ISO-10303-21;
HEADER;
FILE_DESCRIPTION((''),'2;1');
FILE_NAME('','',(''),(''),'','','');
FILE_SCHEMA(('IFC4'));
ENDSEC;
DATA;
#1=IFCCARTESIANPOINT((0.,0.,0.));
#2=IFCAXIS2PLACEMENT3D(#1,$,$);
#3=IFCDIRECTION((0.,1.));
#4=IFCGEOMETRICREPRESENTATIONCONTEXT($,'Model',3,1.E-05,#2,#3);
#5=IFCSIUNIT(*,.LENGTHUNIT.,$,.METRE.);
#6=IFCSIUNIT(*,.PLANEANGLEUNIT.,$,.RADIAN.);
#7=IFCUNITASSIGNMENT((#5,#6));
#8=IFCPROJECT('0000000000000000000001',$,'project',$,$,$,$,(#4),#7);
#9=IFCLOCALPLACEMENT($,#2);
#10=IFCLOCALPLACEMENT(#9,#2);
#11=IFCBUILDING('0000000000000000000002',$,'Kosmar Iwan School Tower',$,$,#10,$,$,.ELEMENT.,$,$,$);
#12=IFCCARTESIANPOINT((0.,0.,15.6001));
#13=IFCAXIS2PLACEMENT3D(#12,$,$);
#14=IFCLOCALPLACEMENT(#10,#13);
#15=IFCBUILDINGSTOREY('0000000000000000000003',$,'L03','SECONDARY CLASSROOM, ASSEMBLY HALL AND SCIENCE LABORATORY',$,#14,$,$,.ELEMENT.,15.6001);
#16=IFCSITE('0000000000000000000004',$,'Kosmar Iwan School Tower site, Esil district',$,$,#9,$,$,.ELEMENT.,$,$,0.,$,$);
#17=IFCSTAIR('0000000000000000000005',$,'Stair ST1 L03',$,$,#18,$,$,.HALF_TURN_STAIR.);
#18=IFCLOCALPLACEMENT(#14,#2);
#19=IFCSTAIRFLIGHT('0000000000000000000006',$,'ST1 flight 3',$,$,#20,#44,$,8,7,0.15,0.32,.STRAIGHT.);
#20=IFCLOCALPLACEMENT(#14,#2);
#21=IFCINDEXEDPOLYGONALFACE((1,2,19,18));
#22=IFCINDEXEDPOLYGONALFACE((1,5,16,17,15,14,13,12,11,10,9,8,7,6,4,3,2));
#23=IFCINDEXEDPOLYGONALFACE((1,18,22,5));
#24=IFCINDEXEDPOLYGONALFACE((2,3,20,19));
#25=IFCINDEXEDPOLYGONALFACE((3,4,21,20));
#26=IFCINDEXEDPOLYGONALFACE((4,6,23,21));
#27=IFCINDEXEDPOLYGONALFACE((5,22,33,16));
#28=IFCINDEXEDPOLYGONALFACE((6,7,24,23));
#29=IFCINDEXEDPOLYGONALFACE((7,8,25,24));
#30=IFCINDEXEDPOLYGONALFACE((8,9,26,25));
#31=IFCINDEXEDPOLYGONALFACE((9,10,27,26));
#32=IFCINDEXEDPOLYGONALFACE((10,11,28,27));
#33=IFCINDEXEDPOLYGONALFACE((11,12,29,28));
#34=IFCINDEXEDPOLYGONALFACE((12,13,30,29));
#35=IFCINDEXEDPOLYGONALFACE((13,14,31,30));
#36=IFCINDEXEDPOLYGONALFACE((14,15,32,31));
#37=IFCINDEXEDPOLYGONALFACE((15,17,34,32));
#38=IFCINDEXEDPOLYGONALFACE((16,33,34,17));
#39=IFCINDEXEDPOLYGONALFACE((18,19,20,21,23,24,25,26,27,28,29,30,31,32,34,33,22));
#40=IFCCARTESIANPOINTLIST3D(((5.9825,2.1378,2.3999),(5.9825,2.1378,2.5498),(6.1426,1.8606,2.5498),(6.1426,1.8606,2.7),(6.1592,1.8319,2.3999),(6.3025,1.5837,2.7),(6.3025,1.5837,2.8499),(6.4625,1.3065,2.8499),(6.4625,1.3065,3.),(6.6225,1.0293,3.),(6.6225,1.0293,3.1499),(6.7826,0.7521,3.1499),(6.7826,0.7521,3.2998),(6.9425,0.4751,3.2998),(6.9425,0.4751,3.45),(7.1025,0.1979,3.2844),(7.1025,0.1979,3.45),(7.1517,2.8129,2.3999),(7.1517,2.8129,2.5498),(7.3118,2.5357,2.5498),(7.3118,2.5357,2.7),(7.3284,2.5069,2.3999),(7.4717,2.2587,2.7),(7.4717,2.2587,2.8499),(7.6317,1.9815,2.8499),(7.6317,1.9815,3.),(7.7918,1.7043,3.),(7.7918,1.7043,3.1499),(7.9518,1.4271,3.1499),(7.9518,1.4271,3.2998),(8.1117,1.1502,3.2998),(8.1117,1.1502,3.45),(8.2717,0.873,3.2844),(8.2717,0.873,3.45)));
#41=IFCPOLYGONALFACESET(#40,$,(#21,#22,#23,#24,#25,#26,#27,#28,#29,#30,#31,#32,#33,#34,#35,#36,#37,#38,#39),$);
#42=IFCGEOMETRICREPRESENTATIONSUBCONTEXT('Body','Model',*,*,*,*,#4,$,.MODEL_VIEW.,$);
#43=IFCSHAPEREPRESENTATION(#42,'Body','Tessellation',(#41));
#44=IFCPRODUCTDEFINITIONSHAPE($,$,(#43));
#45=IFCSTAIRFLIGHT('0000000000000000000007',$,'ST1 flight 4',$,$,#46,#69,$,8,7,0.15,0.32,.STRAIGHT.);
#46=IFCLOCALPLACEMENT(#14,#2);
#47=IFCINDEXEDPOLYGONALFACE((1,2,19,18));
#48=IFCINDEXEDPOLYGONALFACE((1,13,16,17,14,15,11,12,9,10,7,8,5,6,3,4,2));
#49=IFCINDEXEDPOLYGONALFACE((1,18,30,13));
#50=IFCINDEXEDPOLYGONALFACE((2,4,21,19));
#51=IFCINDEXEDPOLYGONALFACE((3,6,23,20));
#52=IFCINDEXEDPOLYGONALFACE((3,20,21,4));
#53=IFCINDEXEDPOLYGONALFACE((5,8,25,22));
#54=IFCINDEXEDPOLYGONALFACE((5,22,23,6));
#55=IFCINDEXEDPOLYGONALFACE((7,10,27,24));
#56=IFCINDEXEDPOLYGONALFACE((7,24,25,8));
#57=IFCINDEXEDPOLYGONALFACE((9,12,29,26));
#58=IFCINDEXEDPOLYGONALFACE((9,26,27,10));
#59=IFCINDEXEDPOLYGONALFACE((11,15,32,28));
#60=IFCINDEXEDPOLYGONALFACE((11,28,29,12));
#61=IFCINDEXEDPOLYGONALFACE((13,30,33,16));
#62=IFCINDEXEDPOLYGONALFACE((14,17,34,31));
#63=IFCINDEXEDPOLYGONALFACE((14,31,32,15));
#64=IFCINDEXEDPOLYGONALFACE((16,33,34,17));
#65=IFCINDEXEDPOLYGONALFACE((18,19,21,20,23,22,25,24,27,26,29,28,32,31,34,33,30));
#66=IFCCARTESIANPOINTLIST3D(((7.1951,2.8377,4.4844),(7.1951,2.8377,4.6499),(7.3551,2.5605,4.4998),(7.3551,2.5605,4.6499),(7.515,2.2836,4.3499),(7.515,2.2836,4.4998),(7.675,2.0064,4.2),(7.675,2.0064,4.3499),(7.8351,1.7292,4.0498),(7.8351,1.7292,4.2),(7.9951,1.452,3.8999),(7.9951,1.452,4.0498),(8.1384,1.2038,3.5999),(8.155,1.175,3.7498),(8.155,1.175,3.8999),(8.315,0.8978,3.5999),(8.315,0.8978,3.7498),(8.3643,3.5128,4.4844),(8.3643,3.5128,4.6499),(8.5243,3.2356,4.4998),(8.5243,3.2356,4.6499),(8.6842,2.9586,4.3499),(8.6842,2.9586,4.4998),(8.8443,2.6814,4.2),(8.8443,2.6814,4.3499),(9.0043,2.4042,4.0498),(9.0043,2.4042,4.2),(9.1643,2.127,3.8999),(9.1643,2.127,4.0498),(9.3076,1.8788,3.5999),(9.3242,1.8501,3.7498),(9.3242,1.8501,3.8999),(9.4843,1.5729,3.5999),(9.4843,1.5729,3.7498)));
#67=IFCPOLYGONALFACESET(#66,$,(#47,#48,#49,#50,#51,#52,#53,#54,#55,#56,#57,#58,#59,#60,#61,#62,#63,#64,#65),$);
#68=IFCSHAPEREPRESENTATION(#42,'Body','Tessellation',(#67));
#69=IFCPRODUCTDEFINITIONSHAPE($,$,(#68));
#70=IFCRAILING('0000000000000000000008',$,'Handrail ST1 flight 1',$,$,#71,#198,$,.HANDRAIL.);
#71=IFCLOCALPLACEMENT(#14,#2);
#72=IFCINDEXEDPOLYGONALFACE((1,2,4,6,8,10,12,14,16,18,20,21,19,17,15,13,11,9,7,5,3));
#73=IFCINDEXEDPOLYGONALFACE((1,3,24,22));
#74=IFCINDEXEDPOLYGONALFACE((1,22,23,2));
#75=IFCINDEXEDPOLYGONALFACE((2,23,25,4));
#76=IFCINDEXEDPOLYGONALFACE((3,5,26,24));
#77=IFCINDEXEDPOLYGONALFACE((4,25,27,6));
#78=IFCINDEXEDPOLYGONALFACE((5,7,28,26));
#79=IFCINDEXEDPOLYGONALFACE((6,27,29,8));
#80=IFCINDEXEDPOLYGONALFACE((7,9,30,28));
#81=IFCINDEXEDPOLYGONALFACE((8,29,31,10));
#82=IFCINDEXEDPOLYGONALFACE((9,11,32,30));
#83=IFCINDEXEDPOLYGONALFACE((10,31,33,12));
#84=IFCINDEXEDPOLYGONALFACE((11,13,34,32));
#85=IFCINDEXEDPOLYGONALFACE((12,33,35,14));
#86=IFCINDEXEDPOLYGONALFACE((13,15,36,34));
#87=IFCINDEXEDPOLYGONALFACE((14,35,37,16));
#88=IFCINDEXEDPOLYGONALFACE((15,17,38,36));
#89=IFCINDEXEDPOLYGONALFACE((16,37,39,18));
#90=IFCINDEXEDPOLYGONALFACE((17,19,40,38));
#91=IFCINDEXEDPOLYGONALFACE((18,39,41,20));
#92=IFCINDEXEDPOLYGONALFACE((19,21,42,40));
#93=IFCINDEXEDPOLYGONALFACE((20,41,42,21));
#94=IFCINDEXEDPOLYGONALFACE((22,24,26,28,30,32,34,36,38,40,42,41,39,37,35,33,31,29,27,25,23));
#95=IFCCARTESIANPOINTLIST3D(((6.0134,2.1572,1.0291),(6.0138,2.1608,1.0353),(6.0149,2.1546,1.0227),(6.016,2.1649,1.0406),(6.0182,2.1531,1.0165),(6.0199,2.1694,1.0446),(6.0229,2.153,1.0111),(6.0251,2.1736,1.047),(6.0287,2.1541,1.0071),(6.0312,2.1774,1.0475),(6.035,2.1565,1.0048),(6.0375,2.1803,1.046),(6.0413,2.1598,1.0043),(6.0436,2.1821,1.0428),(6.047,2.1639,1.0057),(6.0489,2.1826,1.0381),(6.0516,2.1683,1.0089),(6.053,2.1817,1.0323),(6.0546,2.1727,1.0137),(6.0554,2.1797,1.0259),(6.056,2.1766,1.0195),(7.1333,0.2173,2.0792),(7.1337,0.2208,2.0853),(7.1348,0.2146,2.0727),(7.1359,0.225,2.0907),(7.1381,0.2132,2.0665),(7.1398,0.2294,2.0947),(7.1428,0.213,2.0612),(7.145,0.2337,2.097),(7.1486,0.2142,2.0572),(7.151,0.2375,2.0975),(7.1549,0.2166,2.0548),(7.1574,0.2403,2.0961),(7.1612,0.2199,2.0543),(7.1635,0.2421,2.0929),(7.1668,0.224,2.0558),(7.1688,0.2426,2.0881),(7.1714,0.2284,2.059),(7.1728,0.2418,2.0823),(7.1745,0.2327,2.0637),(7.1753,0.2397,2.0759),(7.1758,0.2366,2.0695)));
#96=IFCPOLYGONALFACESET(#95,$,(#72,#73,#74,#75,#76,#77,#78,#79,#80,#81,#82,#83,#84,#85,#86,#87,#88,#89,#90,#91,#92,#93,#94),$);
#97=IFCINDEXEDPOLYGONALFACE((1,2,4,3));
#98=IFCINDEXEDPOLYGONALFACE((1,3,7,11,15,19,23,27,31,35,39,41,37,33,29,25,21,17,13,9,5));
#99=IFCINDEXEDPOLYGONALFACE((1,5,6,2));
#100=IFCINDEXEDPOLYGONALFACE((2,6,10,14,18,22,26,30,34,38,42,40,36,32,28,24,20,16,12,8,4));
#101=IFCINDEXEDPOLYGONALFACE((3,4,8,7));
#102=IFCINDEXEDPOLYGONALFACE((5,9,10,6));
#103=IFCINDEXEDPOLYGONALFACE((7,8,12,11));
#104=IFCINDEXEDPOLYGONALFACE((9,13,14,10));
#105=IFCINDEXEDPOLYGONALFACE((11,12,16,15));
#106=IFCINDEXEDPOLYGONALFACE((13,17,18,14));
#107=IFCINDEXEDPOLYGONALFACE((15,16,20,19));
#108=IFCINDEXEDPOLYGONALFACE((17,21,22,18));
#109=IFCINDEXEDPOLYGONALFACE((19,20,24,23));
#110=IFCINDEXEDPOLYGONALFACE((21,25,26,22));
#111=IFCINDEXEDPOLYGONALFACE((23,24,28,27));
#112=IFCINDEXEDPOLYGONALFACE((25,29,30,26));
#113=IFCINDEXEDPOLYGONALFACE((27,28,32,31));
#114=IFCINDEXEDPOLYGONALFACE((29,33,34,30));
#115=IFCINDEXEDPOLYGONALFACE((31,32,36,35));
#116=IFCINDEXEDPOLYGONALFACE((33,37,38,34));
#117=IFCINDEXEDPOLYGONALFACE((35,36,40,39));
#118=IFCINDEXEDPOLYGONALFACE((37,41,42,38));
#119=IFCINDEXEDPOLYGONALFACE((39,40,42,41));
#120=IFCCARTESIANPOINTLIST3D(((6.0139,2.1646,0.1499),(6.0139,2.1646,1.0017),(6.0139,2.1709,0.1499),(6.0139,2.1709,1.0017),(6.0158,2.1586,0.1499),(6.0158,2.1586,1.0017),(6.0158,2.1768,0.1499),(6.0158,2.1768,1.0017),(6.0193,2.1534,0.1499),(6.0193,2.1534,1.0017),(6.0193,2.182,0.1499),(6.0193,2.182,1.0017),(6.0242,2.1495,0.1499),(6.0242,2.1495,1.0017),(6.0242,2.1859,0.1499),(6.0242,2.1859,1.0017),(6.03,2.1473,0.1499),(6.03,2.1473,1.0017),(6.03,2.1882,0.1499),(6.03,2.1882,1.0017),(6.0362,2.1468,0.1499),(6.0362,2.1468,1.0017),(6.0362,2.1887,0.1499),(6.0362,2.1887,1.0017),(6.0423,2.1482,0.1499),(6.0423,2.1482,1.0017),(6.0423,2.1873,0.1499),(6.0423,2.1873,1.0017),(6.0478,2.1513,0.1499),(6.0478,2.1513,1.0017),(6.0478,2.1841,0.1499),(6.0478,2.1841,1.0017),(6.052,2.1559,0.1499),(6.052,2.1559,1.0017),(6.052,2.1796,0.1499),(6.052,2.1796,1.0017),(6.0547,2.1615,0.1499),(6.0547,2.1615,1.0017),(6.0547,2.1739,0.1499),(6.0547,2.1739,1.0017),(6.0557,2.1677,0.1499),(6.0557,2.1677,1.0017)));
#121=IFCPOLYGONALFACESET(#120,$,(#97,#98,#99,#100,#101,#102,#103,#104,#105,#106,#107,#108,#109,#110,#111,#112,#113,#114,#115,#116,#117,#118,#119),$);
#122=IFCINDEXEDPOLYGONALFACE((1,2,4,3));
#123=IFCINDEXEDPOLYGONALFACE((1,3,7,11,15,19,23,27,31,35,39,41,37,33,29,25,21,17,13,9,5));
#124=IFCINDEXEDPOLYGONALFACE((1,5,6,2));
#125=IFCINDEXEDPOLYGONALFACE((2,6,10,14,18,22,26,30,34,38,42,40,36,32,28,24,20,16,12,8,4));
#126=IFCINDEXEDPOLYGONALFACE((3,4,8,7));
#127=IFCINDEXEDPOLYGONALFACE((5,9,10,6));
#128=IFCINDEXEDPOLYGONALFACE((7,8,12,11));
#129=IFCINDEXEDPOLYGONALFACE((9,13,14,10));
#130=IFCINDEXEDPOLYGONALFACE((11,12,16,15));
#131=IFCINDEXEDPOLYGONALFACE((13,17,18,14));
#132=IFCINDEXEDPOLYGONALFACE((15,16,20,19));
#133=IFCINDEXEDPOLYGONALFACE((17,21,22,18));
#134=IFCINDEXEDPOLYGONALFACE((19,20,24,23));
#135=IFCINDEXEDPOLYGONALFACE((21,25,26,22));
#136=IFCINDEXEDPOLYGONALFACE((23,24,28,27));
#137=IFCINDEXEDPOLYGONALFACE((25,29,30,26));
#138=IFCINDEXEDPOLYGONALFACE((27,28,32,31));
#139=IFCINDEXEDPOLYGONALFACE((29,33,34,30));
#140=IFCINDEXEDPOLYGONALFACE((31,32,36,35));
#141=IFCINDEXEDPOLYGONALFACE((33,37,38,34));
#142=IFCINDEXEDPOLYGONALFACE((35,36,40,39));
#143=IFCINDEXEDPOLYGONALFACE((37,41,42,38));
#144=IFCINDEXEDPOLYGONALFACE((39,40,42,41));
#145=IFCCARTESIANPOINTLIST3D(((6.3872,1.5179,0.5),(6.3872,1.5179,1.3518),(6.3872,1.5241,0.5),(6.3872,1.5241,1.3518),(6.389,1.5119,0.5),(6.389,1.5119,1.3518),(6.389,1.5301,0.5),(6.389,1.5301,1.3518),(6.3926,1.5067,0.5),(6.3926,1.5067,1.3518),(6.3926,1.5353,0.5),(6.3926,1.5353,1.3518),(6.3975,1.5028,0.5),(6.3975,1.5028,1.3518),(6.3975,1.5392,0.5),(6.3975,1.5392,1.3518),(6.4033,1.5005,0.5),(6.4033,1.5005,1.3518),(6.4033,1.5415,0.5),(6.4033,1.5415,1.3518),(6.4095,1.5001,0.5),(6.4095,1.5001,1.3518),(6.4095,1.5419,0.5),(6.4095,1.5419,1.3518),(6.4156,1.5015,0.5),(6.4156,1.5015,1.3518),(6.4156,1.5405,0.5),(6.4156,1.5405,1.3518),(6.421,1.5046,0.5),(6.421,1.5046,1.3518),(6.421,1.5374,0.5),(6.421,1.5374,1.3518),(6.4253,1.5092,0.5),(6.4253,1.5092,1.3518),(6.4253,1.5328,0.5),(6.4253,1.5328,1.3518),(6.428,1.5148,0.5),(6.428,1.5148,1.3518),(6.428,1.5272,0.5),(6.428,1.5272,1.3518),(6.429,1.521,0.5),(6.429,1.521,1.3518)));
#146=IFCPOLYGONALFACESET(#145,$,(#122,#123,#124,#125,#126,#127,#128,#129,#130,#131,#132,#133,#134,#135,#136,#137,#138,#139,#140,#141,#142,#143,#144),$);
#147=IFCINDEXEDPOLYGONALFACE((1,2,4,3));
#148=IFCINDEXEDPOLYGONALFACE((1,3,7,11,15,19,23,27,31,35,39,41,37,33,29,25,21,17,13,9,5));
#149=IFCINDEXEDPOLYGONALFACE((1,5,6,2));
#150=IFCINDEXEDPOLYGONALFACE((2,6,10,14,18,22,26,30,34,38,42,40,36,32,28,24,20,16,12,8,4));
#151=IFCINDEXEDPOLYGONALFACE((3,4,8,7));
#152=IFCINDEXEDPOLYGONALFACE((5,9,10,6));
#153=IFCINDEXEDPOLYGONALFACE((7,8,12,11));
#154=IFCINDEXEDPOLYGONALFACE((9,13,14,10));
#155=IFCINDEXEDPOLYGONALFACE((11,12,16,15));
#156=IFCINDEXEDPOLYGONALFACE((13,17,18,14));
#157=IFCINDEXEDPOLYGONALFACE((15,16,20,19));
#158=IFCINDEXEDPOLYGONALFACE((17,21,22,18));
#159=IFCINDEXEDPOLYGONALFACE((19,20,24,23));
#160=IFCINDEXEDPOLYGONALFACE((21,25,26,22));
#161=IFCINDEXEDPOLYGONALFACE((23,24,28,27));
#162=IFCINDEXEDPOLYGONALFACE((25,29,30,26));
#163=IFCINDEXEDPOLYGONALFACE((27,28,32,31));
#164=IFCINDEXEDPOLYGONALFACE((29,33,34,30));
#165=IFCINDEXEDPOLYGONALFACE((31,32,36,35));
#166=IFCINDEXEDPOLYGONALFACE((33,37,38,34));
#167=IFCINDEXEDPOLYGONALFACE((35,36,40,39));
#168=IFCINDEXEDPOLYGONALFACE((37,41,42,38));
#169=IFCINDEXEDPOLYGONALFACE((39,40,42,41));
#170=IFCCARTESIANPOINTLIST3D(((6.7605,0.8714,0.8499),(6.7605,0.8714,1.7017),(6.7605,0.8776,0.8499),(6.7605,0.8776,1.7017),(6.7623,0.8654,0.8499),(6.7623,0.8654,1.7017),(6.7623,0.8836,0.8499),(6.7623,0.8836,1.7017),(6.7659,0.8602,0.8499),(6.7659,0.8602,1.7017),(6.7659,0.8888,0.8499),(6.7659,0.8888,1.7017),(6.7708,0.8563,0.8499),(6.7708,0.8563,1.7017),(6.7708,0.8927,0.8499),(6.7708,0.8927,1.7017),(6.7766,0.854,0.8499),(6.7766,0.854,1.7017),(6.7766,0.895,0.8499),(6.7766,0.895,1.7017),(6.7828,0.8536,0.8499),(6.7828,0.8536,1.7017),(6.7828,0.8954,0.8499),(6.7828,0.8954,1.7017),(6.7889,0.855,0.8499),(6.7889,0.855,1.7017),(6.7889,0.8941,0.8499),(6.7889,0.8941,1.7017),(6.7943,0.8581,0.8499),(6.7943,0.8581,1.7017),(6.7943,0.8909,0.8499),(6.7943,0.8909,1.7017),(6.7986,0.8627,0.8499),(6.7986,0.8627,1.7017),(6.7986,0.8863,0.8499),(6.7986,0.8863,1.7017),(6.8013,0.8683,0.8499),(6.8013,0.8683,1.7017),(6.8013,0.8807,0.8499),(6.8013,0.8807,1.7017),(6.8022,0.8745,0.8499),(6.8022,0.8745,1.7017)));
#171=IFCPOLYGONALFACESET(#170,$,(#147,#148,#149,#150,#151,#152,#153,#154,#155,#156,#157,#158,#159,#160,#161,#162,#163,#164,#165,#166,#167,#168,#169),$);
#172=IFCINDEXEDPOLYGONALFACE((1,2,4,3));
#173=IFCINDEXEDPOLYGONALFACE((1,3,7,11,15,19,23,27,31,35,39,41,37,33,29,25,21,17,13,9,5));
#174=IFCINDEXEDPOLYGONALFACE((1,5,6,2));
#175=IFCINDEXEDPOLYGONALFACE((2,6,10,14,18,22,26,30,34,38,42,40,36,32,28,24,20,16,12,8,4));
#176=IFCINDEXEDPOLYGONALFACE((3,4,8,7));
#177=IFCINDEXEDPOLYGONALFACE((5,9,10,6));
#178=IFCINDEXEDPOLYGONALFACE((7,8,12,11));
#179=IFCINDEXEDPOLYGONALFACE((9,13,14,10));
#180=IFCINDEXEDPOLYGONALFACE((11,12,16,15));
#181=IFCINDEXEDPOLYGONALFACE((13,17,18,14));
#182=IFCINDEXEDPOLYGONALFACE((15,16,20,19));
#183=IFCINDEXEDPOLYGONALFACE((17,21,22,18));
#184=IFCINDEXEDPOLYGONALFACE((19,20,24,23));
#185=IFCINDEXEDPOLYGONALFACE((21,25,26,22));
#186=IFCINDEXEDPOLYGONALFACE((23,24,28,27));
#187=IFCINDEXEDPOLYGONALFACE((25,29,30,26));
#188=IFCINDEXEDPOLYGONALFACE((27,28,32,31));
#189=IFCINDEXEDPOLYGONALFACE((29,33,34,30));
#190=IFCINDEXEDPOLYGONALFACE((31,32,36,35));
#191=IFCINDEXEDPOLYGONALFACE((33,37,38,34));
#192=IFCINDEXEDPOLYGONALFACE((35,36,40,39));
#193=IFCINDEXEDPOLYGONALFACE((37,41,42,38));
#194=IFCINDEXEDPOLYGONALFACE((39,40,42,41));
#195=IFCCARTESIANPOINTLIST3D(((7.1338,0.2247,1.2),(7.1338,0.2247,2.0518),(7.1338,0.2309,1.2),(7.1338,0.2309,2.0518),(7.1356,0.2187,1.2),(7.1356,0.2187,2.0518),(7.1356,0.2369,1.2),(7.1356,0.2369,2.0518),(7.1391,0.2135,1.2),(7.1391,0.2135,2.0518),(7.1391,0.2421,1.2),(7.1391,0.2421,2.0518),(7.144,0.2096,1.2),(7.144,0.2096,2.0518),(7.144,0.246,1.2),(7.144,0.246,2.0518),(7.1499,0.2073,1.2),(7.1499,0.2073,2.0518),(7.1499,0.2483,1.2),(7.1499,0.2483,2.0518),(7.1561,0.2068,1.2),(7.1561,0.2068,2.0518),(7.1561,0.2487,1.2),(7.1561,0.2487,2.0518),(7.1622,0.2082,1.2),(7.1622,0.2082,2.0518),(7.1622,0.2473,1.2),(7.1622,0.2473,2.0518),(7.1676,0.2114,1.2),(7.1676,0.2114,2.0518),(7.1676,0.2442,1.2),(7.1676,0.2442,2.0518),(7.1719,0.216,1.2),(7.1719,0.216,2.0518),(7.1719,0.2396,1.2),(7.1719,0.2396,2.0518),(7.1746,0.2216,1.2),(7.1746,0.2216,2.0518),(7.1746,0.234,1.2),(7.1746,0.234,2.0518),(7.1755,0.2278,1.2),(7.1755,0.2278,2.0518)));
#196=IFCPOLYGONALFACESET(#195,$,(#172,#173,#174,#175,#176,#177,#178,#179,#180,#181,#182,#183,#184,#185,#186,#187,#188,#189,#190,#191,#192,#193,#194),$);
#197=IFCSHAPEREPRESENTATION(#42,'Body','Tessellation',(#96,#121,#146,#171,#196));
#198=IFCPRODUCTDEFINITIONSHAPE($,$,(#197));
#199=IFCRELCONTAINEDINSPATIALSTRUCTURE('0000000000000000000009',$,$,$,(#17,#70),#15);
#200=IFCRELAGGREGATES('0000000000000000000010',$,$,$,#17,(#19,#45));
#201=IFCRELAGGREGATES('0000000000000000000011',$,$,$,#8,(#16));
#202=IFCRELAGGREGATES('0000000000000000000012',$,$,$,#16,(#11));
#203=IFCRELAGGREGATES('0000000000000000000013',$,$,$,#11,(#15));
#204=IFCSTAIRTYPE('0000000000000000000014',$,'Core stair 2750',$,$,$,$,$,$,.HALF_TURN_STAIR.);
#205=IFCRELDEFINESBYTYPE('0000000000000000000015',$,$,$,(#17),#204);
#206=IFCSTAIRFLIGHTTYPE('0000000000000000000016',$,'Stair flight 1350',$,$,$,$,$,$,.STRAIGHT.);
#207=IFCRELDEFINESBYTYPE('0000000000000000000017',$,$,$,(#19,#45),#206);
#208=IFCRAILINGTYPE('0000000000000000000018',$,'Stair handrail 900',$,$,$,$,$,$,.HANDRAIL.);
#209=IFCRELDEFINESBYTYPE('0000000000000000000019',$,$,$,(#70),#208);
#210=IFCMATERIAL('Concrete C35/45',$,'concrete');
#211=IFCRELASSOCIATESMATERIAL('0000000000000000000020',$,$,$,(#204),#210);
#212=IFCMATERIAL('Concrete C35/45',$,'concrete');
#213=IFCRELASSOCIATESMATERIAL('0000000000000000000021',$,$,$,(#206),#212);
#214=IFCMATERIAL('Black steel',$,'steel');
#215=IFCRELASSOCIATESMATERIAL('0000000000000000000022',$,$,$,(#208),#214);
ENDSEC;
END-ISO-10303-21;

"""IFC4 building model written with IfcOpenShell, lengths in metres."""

from ifc_helpers import new_model, si_unit, direction, frame, origin, origin_2d, place, context, subcontext, project, spatial, polyline, circle, outline, extrude, material, type_object, element, aggregate, save


model = new_model("IFC4")

# Units and contexts
model_context = context("Model", 3, precision=1e-05, world=origin(), true_north=direction((0.0, 1.0)))
body_context = subcontext(model_context, "Body", "Model", "MODEL_VIEW")
ifc_project = project(units=[si_unit("LENGTHUNIT", "METRE"), si_unit("PLANEANGLEUNIT", "RADIAN")], contexts=[model_context])

# Site, building, storey
site_placement = place(None, origin())
site = spatial("IfcSite", under=ifc_project, at=site_placement, Name="Kosmar Iwan School Tower site, Esil district", CompositionType="ELEMENT", RefElevation=0.0)
building_placement = place(site_placement, origin())
building = spatial("IfcBuilding", under=site, at=building_placement, Name="Kosmar Iwan School Tower", CompositionType="ELEMENT")
storey_placement = place(building_placement, frame((0.0, 0.0, 15.6001)))
storey = spatial("IfcBuildingStorey", under=building, at=storey_placement, Name="L03", Description="SECONDARY CLASSROOM, ASSEMBLY HALL AND SCIENCE LABORATORY", CompositionType="ELEMENT", Elevation=15.6001)

# Stair, stair flights
ifc_material_1 = material(Name="Concrete C35/45", Category="concrete")
stair_type = type_object("IfcStairType", Name="Core stair 2750", PredefinedType="HALF_TURN_STAIR", material=ifc_material_1)
stair_placement = place(storey_placement, origin())
stair = element("IfcStair", 1, at=stair_placement, inside=storey, type_object=stair_type, Name="Stair ST1 L03", PredefinedType="HALF_TURN_STAIR")
ifc_material_2 = material(Name="Concrete C35/45", Category="concrete")
stair_flight_type = type_object("IfcStairFlightType", Name="Stair flight 1350", PredefinedType="STRAIGHT", material=ifc_material_2)
stair_flight_1_placement = place(storey_placement, frame((6.5671, 2.4753, 2.3999), z_axis=(0.0, 0.0, 1.0), x_axis=(0.5, -0.866025, 0.0)))
stair_flight_1 = element("IfcStairFlight", 2, at=stair_flight_1_placement, type_object=stair_flight_type, Name="ST1 flight 3", NumberOfRisers=8, NumberOfTreads=7, PredefinedType="STRAIGHT", RiserHeight=0.15, TreadLength=0.32, context=body_context, shape_type="SweptSolid", body=[
    extrude(outline(polyline([(0.0, 0.0), (0.0, 0.1499), (0.3201, 0.1499), (0.3201, 0.3), (0.6399, 0.3), (0.6399, 0.45), (0.96, 0.45), (0.96, 0.6001), (1.28, 0.6001), (1.28, 0.75), (1.6001, 0.75), (1.6001, 0.8999), (1.9199, 0.8999), (1.9199, 1.05), (2.24, 1.05), (2.24, 1.2), (2.24, 0.8845), (0.3533, 0.0), (0.0, 0.0)])), frame((0.0, 0.675, 0.0), z_axis=(0.0, -1.0, 0.0), x_axis=(1.0, 0.0, 0.0)), (0.0, 0.0, 1.0), 1.3501),
])
stair_flight_2_placement = place(storey_placement, frame((8.8997, 1.2354, 3.5999), z_axis=(0.0, 0.0, 1.0), x_axis=(-0.5, 0.866025, 0.0)))
stair_flight_2 = element("IfcStairFlight", 3, at=stair_flight_2_placement, type_object=stair_flight_type, Name="ST1 flight 4", NumberOfRisers=8, NumberOfTreads=7, PredefinedType="STRAIGHT", RiserHeight=0.15, TreadLength=0.32, context=body_context, shape_type="SweptSolid", body=[
    extrude(outline(polyline([(0.0, 0.0), (0.0, 0.1499), (0.3201, 0.1499), (0.3201, 0.3), (0.6399, 0.3), (0.6399, 0.45), (0.96, 0.45), (0.96, 0.6001), (1.28, 0.6001), (1.28, 0.75), (1.6001, 0.75), (1.6001, 0.8999), (1.9199, 0.8999), (1.9199, 1.05), (2.24, 1.05), (2.24, 1.2), (2.24, 0.8845), (0.3533, 0.0), (0.0, 0.0)])), frame((0.0, 0.675, 0.0), z_axis=(0.0, -1.0, 0.0), x_axis=(1.0, 0.0, 0.0)), (0.0, 0.0, 1.0), 1.3501),
])
aggregate(stair, [stair_flight_1, stair_flight_2])

# Railing
ifc_material_3 = material(Name="Black steel", Category="steel")
railing_type = type_object("IfcRailingType", Name="Stair handrail 900", PredefinedType="HANDRAIL", material=ifc_material_3)
railing_1_placement = place(storey_placement, frame((6.0347, 2.1677, 0.1499)))
element("IfcRailing", 4, at=railing_1_placement, inside=storey, type_object=railing_type, Name="Handrail ST1 flight 1", PredefinedType="HANDRAIL", context=body_context, shape_type="SweptSolid", body=[
    extrude(circle(Radius=0.0239, at=origin_2d()), frame((0.0, 0.0, 0.876), z_axis=(0.452678, -0.784169, 0.424454), x_axis=(0.866055, 0.499949, 0.0)), (0.0, 0.0, 1.0), 2.4739),
    extrude(circle(Radius=0.021, at=origin_2d()), origin(), (0.0, 0.0, 1.0), 0.8518),
    extrude(circle(Radius=0.021, at=origin_2d()), frame((0.3733, -0.6467, 0.3501)), (0.0, 0.0, 1.0), 0.8518),
    extrude(circle(Radius=0.021, at=origin_2d()), frame((0.7466, -1.2932, 0.7)), (0.0, 0.0, 1.0), 0.8518),
    extrude(circle(Radius=0.021, at=origin_2d()), frame((1.1199, -1.9399, 1.05)), (0.0, 0.0, 1.0), 0.8518),
])

save(model, "model.ifc")
